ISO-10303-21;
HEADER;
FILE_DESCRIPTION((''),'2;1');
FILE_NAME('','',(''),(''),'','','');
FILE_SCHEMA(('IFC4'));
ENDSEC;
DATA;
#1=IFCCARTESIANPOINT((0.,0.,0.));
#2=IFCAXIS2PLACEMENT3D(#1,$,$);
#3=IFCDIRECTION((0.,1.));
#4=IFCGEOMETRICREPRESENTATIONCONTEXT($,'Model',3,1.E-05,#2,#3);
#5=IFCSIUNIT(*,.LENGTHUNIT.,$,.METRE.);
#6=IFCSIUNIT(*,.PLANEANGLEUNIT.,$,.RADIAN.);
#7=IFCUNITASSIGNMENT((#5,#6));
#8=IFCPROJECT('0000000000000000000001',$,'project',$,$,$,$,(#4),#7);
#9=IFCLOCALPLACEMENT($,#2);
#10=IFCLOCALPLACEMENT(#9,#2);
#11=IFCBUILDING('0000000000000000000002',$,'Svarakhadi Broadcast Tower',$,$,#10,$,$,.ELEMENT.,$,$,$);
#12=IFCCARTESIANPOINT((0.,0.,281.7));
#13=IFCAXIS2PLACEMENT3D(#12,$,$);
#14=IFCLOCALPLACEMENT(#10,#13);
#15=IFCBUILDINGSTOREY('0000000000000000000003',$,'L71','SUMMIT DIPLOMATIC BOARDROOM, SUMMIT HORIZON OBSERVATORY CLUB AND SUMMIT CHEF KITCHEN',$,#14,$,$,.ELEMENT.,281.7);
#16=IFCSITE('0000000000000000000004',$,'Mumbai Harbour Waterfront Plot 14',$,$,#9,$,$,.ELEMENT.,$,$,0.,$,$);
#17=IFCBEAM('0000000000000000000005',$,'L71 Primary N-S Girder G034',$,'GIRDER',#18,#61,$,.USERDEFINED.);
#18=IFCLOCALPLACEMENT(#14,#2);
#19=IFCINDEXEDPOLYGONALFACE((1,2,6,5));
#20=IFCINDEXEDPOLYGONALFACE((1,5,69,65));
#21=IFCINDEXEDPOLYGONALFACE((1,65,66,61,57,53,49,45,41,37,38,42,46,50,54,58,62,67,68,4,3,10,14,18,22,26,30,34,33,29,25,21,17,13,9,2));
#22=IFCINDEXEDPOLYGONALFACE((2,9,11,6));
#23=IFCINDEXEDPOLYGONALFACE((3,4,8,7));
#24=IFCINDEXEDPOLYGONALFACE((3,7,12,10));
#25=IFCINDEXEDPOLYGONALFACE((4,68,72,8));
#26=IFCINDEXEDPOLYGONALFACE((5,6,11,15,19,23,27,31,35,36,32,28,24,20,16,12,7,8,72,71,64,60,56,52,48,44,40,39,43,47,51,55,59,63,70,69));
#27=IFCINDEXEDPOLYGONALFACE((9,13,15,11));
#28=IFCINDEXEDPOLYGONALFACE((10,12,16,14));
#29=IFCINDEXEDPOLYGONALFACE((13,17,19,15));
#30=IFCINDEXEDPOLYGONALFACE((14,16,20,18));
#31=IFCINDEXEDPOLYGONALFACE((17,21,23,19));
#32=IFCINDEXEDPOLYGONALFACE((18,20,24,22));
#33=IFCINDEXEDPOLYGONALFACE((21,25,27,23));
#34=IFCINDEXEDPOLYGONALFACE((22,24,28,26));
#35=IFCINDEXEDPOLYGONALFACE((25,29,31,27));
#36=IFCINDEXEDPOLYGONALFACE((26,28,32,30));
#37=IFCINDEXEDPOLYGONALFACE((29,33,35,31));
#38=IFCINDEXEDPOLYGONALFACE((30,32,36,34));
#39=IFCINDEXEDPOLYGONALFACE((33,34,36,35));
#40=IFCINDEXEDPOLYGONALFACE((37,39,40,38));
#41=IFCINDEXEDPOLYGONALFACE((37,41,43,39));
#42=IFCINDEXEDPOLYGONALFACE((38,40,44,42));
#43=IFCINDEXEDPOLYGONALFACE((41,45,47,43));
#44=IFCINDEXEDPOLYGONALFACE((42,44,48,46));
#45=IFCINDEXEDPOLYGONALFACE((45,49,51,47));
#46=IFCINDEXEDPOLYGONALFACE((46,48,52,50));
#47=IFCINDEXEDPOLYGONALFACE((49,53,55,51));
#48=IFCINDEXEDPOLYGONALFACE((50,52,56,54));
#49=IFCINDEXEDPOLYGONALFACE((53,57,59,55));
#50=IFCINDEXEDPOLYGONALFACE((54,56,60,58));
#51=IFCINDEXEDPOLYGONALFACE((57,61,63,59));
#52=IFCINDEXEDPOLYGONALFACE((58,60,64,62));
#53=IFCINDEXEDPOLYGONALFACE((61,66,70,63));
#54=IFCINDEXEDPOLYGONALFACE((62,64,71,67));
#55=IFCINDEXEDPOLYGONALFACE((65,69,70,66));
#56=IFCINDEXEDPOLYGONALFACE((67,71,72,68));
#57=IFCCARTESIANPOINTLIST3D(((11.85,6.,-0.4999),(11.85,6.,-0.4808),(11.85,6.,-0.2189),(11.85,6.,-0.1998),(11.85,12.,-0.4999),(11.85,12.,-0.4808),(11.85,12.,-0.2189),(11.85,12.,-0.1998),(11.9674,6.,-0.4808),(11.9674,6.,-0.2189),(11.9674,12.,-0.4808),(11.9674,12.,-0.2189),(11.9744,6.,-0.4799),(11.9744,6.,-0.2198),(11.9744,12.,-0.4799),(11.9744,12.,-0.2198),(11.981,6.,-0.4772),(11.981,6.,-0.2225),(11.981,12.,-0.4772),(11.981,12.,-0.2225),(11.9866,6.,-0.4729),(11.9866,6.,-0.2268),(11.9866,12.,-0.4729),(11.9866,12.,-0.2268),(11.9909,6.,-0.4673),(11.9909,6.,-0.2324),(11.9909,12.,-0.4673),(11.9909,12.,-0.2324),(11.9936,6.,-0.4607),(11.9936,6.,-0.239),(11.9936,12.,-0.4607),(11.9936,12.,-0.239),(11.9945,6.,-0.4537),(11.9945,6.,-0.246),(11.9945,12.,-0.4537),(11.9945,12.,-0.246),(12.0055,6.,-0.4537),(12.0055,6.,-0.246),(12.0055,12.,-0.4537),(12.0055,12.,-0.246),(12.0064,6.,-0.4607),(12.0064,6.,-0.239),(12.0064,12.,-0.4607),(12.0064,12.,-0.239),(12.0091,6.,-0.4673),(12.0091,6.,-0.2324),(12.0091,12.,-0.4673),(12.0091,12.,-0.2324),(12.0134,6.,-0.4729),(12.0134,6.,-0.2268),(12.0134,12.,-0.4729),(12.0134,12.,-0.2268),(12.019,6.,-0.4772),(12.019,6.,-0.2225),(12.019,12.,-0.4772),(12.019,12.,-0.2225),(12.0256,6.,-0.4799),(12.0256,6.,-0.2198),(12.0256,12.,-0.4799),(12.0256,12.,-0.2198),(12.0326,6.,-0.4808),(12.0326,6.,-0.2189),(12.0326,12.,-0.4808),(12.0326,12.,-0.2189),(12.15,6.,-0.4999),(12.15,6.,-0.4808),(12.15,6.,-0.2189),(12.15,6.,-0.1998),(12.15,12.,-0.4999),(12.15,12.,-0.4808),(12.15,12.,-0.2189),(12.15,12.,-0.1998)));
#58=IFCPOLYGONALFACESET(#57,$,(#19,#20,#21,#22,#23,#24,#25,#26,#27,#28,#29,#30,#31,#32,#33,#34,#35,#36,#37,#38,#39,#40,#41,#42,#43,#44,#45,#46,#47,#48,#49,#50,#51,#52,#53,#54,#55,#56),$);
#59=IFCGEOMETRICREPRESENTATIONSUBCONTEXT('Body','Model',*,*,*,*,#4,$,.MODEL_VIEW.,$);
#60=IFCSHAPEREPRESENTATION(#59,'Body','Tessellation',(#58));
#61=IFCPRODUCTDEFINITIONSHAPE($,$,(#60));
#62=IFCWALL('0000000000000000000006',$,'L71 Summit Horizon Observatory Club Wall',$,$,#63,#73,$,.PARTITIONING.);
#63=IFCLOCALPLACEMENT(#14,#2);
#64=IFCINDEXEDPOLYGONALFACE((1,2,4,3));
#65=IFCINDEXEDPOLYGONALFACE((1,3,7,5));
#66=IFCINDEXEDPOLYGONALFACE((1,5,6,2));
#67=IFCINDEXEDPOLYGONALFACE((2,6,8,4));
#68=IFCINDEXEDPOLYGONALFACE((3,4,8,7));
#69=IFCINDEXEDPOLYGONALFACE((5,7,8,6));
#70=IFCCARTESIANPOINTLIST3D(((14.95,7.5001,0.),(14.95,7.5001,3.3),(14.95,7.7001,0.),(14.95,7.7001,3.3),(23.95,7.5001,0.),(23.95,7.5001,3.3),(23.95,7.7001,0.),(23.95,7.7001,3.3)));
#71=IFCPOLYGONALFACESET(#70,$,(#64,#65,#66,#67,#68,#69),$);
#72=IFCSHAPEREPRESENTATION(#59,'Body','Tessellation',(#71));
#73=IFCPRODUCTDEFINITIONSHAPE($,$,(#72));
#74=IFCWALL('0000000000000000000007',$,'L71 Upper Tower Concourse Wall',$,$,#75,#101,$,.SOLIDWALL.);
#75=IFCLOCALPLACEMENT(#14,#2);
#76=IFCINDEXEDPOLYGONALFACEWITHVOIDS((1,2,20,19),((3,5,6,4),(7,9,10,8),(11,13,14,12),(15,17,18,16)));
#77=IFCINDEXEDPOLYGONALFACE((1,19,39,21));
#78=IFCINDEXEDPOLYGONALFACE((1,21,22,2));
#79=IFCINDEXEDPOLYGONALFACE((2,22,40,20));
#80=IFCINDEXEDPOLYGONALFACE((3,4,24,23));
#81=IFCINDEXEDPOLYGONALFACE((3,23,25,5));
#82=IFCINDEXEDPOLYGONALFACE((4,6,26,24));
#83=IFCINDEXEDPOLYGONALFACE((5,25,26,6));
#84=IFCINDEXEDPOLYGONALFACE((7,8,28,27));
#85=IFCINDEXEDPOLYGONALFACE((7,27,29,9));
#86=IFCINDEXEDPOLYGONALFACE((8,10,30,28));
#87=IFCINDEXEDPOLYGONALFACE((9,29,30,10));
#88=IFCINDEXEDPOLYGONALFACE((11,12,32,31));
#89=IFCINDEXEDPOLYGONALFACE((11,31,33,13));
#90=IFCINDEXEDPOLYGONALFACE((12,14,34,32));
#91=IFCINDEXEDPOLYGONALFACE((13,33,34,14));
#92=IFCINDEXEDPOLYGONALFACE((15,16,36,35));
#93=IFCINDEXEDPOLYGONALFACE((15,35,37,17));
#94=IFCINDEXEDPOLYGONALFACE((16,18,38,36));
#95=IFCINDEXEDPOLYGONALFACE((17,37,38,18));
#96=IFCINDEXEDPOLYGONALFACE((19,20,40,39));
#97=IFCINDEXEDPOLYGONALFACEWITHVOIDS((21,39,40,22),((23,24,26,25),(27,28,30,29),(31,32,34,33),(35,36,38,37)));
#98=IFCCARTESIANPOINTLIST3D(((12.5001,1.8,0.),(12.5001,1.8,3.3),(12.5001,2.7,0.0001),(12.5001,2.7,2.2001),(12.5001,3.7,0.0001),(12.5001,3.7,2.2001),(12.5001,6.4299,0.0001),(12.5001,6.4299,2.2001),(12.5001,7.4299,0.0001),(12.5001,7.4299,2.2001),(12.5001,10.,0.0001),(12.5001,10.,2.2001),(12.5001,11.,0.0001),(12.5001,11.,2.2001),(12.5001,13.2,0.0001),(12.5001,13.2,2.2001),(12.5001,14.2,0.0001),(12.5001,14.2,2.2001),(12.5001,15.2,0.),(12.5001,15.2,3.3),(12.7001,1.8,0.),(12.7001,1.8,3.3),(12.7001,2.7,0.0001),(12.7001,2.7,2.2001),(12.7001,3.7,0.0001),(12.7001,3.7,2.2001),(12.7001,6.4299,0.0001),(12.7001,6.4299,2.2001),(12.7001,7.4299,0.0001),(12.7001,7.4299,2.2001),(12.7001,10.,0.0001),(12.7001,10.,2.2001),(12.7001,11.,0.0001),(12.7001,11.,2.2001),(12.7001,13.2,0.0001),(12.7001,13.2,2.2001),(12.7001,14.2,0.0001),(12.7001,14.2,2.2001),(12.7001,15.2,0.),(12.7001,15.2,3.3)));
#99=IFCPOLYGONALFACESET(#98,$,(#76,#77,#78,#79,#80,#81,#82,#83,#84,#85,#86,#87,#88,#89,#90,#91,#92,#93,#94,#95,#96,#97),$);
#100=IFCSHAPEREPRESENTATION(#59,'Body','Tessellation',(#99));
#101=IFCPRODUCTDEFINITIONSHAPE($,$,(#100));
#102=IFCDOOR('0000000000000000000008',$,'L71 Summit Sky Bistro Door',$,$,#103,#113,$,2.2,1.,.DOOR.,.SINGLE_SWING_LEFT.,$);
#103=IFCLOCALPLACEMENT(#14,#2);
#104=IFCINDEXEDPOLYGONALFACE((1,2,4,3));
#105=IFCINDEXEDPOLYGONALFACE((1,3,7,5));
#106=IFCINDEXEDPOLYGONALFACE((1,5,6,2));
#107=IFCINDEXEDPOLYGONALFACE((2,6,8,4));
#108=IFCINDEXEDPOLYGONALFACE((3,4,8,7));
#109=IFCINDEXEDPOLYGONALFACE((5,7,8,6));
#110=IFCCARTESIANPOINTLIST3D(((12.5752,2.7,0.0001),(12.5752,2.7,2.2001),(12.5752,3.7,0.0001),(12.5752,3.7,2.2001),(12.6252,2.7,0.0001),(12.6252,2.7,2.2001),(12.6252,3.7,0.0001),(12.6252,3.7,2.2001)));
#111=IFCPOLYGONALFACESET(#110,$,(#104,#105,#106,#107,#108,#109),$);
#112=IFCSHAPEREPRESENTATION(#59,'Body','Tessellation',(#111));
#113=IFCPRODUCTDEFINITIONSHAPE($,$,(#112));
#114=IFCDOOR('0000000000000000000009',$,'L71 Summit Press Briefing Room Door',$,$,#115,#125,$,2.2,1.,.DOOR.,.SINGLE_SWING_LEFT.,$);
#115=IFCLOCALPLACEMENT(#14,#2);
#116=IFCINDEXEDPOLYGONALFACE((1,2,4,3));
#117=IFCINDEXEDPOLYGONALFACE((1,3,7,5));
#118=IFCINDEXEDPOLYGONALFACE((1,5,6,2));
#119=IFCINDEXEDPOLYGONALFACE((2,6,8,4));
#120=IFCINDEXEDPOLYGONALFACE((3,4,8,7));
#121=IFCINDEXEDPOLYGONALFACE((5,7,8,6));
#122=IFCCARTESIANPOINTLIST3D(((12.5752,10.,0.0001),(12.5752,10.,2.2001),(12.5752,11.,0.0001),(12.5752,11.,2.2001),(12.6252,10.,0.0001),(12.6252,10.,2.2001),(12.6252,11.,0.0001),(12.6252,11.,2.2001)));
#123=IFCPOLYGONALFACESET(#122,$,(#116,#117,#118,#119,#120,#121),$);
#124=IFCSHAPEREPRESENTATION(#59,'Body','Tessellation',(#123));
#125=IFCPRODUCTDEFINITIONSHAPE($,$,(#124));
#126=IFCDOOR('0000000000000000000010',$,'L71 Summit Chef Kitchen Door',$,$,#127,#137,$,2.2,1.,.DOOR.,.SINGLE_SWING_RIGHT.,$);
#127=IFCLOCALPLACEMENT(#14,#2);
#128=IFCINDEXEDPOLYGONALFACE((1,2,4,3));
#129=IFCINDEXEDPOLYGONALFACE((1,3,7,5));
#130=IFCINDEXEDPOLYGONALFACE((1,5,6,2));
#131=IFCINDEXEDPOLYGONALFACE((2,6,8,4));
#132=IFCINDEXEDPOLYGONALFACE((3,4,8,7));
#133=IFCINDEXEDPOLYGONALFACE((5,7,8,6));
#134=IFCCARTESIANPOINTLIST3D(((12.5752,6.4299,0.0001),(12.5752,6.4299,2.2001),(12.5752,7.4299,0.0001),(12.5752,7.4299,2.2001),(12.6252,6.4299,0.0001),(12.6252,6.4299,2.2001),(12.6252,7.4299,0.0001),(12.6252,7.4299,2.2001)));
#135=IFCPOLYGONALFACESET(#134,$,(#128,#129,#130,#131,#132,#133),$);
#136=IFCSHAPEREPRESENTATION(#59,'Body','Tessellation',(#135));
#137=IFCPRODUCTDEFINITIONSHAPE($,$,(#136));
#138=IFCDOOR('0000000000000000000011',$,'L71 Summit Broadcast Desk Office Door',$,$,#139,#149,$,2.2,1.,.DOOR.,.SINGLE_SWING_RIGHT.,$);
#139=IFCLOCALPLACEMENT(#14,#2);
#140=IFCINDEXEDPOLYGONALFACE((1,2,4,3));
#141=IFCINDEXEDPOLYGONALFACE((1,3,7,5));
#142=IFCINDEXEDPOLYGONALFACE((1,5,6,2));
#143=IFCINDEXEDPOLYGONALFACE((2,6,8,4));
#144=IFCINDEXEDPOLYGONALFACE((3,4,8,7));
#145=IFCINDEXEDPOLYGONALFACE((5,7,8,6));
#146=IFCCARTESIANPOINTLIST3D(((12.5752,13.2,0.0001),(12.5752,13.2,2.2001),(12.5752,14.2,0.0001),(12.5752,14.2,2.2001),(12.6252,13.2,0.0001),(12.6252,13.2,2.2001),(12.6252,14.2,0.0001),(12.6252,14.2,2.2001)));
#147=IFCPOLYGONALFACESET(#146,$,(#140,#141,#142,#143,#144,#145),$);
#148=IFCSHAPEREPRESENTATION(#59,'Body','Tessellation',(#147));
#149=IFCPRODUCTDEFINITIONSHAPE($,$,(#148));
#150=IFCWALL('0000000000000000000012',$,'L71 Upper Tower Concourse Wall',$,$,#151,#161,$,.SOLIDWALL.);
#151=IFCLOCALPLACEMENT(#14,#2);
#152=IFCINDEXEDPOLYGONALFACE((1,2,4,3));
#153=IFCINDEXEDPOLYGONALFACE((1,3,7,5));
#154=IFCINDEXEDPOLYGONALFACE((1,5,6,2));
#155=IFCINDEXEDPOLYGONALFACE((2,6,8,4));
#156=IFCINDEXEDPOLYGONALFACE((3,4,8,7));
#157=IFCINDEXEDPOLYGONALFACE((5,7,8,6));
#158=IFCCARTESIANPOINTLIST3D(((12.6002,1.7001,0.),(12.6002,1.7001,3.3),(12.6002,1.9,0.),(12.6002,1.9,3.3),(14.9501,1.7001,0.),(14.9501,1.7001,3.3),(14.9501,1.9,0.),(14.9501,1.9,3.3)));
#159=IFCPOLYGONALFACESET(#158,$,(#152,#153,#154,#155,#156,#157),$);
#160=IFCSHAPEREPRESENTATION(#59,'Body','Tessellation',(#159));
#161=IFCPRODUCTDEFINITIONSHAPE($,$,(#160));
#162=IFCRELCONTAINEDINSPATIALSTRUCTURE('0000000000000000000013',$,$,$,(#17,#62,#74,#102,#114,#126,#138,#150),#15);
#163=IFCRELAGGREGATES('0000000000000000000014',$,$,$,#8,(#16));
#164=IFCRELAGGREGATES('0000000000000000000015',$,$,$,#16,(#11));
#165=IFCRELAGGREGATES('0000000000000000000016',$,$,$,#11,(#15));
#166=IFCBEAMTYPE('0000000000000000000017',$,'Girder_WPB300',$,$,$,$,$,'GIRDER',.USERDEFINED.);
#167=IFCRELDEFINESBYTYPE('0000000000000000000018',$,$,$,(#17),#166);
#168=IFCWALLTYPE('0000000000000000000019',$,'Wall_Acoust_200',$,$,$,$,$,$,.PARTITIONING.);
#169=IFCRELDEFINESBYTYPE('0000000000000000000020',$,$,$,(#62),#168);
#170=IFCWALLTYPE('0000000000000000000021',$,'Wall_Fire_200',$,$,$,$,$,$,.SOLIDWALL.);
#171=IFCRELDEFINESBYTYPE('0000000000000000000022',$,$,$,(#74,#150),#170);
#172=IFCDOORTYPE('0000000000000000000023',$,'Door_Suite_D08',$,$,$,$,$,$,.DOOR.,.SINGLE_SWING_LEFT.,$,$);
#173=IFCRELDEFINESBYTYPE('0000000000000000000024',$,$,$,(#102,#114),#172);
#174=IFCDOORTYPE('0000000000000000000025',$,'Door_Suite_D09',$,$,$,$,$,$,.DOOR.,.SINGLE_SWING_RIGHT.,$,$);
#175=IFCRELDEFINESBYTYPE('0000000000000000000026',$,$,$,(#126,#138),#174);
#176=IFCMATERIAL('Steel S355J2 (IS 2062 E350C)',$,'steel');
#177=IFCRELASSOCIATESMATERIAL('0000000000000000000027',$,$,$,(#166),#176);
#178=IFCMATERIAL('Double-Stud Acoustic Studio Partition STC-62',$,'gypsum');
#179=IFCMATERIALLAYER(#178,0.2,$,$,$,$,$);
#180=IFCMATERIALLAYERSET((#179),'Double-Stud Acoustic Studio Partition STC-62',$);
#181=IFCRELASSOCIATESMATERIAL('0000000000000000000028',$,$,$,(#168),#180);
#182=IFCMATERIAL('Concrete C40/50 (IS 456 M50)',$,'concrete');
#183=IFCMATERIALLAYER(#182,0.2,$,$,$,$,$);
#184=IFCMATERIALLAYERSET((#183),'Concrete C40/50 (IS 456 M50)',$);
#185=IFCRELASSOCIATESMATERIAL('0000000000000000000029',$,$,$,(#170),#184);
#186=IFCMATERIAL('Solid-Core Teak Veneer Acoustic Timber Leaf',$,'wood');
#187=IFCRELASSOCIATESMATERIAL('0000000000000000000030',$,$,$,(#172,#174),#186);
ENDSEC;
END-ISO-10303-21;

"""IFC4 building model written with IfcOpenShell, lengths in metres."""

from ifc_helpers import new_model, si_unit, direction, frame, frame_2d, origin, origin_2d, place, context, subcontext, project, spatial, rectangle, i_section, extrude, material, layer, layer_set, material_profile, profile_set, type_object, element, fill, save


model = new_model("IFC4")

# Units and contexts
model_context = context("Model", 3, precision=1e-05, world=origin(), true_north=direction((0.0, 1.0)))
body_context = subcontext(model_context, "Body", "Model", "MODEL_VIEW")
ifc_project = project(units=[si_unit("LENGTHUNIT", "METRE"), si_unit("PLANEANGLEUNIT", "RADIAN")], contexts=[model_context])

# Site, building, storey
site_placement = place(None, origin())
site = spatial("IfcSite", under=ifc_project, at=site_placement, Name="Mumbai Harbour Waterfront Plot 14", CompositionType="ELEMENT", RefElevation=0.0)
building_placement = place(site_placement, origin())
building = spatial("IfcBuilding", under=site, at=building_placement, Name="Svarakhadi Broadcast Tower", CompositionType="ELEMENT")
storey_placement = place(building_placement, frame((0.0, 0.0, 281.7)))
storey = spatial("IfcBuildingStorey", under=building, at=storey_placement, Name="L71", Description="SUMMIT DIPLOMATIC BOARDROOM, SUMMIT HORIZON OBSERVATORY CLUB AND SUMMIT CHEF KITCHEN", CompositionType="ELEMENT", Elevation=281.7)

# Beam
ifc_material_1 = material(Name="Steel S355J2 (IS 2062 E350C)", Category="steel")
ifc_material_profile_1 = material_profile(ifc_material_1, i_section(OverallWidth=0.3, OverallDepth=0.3, WebThickness=0.011, FlangeThickness=0.019, FilletRadius=0.0271, at=origin_2d()), Name="WPB 300x300x117")
ifc_profile_set_1 = profile_set([ifc_material_profile_1], Name="Steel S355J2 (IS 2062 E350C)")
beam_type_1 = type_object("IfcBeamType", Name="Girder_WPB300", ElementType="GIRDER", PredefinedType="USERDEFINED", material=ifc_profile_set_1)
for number, where, z_axis, x_axis, name in (
    (1, (12.0, 6.0, -0.3499), (0.0, 1.0, 0.0), (-1.0, 0.0, 0.0), "L71 Primary N-S Girder G034"),
):
    element("IfcBeam", number, at=place(storey_placement, frame(where, z_axis=z_axis, x_axis=x_axis)), inside=storey, type_object=beam_type_1, Name=name, ObjectType="GIRDER", PredefinedType="USERDEFINED", context=body_context, shape_type="SweptSolid", body=[
        extrude(i_section(OverallWidth=0.3, OverallDepth=0.3, WebThickness=0.011, FlangeThickness=0.019, FilletRadius=0.0271, at=origin_2d()), origin(), (0.0, 0.0, 1.0), 6.0),
    ])

# Wall
ifc_material_2 = material(Name="Double-Stud Acoustic Studio Partition STC-62", Category="gypsum")
ifc_layer_1 = layer(ifc_material_2, 0.2)
ifc_layer_set_1 = layer_set([ifc_layer_1], Name="Double-Stud Acoustic Studio Partition STC-62")
wall_type_1 = type_object("IfcWallType", Name="Wall_Acoust_200", PredefinedType="PARTITIONING", material=ifc_layer_set_1)
wall_1_placement = place(storey_placement, frame((14.95, 7.6001, 0.0), z_axis=(0.0, 0.0, 1.0), x_axis=(1.0, 0.0, 0.0)))
element("IfcWall", 2, at=wall_1_placement, inside=storey, type_object=wall_type_1, Name="L71 Summit Horizon Observatory Club Wall", PredefinedType="PARTITIONING", context=body_context, shape_type="SweptSolid", body=[
    extrude(rectangle(XDim=9.0, YDim=0.2, at=frame_2d((4.5, 0.0))), origin(), (0.0, 0.0, 1.0), 3.3),
])

# Wall, openings, doors
ifc_material_3 = material(Name="Concrete C40/50 (IS 456 M50)", Category="concrete")
ifc_layer_2 = layer(ifc_material_3, 0.2)
ifc_layer_set_2 = layer_set([ifc_layer_2], Name="Concrete C40/50 (IS 456 M50)")
wall_type_2 = type_object("IfcWallType", Name="Wall_Fire_200", PredefinedType="SOLIDWALL", material=ifc_layer_set_2)
wall_2_placement = place(storey_placement, frame((12.6001, 1.8, 0.0), z_axis=(0.0, 0.0, 1.0), x_axis=(0.0, 1.0, 0.0)))
wall_2 = element("IfcWall", 3, at=wall_2_placement, inside=storey, type_object=wall_type_2, Name="L71 Upper Tower Concourse Wall", PredefinedType="SOLIDWALL", context=body_context, shape_type="SweptSolid", body=[
    extrude(rectangle(XDim=13.3999, YDim=0.2, at=frame_2d((6.7, 0.0))), origin(), (0.0, 0.0, 1.0), 3.3),
])
opening_1_placement = place(wall_2_placement, frame((0.8999, 0.0, 0.0)))
opening_1 = element("IfcOpeningElement", 4, at=opening_1_placement, cuts=wall_2, PredefinedType="OPENING", context=body_context, shape_type="SweptSolid", body=[
    extrude(rectangle(XDim=1.0, YDim=2.2, at=frame_2d((0.5, 1.1001))), frame((0.0, 0.1099, 0.0), z_axis=(0.0, -1.0, 0.0), x_axis=(1.0, 0.0, 0.0)), (0.0, 0.0, 1.0), 0.22),
])
opening_2_placement = place(wall_2_placement, frame((4.6299, 0.0, 0.0)))
opening_2 = element("IfcOpeningElement", 5, at=opening_2_placement, cuts=wall_2, PredefinedType="OPENING", context=body_context, shape_type="SweptSolid", body=[
    extrude(rectangle(XDim=1.0, YDim=2.2, at=frame_2d((0.5, 1.1001))), frame((0.0, 0.1099, 0.0), z_axis=(0.0, -1.0, 0.0), x_axis=(1.0, 0.0, 0.0)), (0.0, 0.0, 1.0), 0.22),
])
opening_3_placement = place(wall_2_placement, frame((8.2, 0.0, 0.0)))
opening_3 = element("IfcOpeningElement", 6, at=opening_3_placement, cuts=wall_2, PredefinedType="OPENING", context=body_context, shape_type="SweptSolid", body=[
    extrude(rectangle(XDim=1.0, YDim=2.2, at=frame_2d((0.5, 1.1001))), frame((0.0, 0.1099, 0.0), z_axis=(0.0, -1.0, 0.0), x_axis=(1.0, 0.0, 0.0)), (0.0, 0.0, 1.0), 0.22),
])
opening_4_placement = place(wall_2_placement, frame((11.3999, 0.0, 0.0)))
opening_4 = element("IfcOpeningElement", 7, at=opening_4_placement, cuts=wall_2, PredefinedType="OPENING", context=body_context, shape_type="SweptSolid", body=[
    extrude(rectangle(XDim=1.0, YDim=2.2, at=frame_2d((0.5, 1.1001))), frame((0.0, 0.1099, 0.0), z_axis=(0.0, -1.0, 0.0), x_axis=(1.0, 0.0, 0.0)), (0.0, 0.0, 1.0), 0.22),
])
ifc_material_4 = material(Name="Solid-Core Teak Veneer Acoustic Timber Leaf", Category="wood")
door_type_1 = type_object("IfcDoorType", Name="Door_Suite_D08", OperationType="SINGLE_SWING_LEFT", PredefinedType="DOOR", material=ifc_material_4)
door_1_placement = place(opening_1_placement, origin())
door_1 = element("IfcDoor", 8, at=door_1_placement, inside=storey, type_object=door_type_1, Name="L71 Summit Sky Bistro Door", OperationType="SINGLE_SWING_LEFT", OverallHeight=2.2, OverallWidth=1.0, PredefinedType="DOOR", context=body_context, shape_type="SweptSolid", body=[
    extrude(rectangle(XDim=1.0, YDim=2.2, at=frame_2d((0.5, 1.1001))), frame((0.0, 0.0249, 0.0), z_axis=(0.0, -1.0, 0.0), x_axis=(1.0, 0.0, 0.0)), (0.0, 0.0, 1.0), 0.05),
])
fill(opening_1, door_1)
door_2_placement = place(opening_3_placement, origin())
door_2 = element("IfcDoor", 9, at=door_2_placement, inside=storey, type_object=door_type_1, Name="L71 Summit Press Briefing Room Door", OperationType="SINGLE_SWING_LEFT", OverallHeight=2.2, OverallWidth=1.0, PredefinedType="DOOR", context=body_context, shape_type="SweptSolid", body=[
    extrude(rectangle(XDim=1.0, YDim=2.2, at=frame_2d((0.5, 1.1001))), frame((0.0, 0.0249, 0.0), z_axis=(0.0, -1.0, 0.0), x_axis=(1.0, 0.0, 0.0)), (0.0, 0.0, 1.0), 0.05),
])
fill(opening_3, door_2)
door_type_2 = type_object("IfcDoorType", Name="Door_Suite_D09", OperationType="SINGLE_SWING_RIGHT", PredefinedType="DOOR", material=ifc_material_4)
door_3_placement = place(opening_2_placement, origin())
door_3 = element("IfcDoor", 10, at=door_3_placement, inside=storey, type_object=door_type_2, Name="L71 Summit Chef Kitchen Door", OperationType="SINGLE_SWING_RIGHT", OverallHeight=2.2, OverallWidth=1.0, PredefinedType="DOOR", context=body_context, shape_type="SweptSolid", body=[
    extrude(rectangle(XDim=1.0, YDim=2.2, at=frame_2d((0.5, 1.1001))), frame((0.0, 0.0249, 0.0), z_axis=(0.0, -1.0, 0.0), x_axis=(1.0, 0.0, 0.0)), (0.0, 0.0, 1.0), 0.05),
])
fill(opening_2, door_3)
door_4_placement = place(opening_4_placement, origin())
door_4 = element("IfcDoor", 11, at=door_4_placement, inside=storey, type_object=door_type_2, Name="L71 Summit Broadcast Desk Office Door", OperationType="SINGLE_SWING_RIGHT", OverallHeight=2.2, OverallWidth=1.0, PredefinedType="DOOR", context=body_context, shape_type="SweptSolid", body=[
    extrude(rectangle(XDim=1.0, YDim=2.2, at=frame_2d((0.5, 1.1001))), frame((0.0, 0.0249, 0.0), z_axis=(0.0, -1.0, 0.0), x_axis=(1.0, 0.0, 0.0)), (0.0, 0.0, 1.0), 0.05),
])
fill(opening_4, door_4)

# Wall
wall_3_placement = place(storey_placement, frame((14.95, 1.8, 0.0), z_axis=(0.0, 0.0, 1.0), x_axis=(-1.0, 0.0, 0.0)))
element("IfcWall", 12, at=wall_3_placement, inside=storey, type_object=wall_type_2, Name="L71 Upper Tower Concourse Wall", PredefinedType="SOLIDWALL", context=body_context, shape_type="SweptSolid", body=[
    extrude(rectangle(XDim=2.3499, YDim=0.2, at=frame_2d((1.1748, 0.0))), origin(), (0.0, 0.0, 1.0), 3.3),
])

save(model, "model.ifc")
